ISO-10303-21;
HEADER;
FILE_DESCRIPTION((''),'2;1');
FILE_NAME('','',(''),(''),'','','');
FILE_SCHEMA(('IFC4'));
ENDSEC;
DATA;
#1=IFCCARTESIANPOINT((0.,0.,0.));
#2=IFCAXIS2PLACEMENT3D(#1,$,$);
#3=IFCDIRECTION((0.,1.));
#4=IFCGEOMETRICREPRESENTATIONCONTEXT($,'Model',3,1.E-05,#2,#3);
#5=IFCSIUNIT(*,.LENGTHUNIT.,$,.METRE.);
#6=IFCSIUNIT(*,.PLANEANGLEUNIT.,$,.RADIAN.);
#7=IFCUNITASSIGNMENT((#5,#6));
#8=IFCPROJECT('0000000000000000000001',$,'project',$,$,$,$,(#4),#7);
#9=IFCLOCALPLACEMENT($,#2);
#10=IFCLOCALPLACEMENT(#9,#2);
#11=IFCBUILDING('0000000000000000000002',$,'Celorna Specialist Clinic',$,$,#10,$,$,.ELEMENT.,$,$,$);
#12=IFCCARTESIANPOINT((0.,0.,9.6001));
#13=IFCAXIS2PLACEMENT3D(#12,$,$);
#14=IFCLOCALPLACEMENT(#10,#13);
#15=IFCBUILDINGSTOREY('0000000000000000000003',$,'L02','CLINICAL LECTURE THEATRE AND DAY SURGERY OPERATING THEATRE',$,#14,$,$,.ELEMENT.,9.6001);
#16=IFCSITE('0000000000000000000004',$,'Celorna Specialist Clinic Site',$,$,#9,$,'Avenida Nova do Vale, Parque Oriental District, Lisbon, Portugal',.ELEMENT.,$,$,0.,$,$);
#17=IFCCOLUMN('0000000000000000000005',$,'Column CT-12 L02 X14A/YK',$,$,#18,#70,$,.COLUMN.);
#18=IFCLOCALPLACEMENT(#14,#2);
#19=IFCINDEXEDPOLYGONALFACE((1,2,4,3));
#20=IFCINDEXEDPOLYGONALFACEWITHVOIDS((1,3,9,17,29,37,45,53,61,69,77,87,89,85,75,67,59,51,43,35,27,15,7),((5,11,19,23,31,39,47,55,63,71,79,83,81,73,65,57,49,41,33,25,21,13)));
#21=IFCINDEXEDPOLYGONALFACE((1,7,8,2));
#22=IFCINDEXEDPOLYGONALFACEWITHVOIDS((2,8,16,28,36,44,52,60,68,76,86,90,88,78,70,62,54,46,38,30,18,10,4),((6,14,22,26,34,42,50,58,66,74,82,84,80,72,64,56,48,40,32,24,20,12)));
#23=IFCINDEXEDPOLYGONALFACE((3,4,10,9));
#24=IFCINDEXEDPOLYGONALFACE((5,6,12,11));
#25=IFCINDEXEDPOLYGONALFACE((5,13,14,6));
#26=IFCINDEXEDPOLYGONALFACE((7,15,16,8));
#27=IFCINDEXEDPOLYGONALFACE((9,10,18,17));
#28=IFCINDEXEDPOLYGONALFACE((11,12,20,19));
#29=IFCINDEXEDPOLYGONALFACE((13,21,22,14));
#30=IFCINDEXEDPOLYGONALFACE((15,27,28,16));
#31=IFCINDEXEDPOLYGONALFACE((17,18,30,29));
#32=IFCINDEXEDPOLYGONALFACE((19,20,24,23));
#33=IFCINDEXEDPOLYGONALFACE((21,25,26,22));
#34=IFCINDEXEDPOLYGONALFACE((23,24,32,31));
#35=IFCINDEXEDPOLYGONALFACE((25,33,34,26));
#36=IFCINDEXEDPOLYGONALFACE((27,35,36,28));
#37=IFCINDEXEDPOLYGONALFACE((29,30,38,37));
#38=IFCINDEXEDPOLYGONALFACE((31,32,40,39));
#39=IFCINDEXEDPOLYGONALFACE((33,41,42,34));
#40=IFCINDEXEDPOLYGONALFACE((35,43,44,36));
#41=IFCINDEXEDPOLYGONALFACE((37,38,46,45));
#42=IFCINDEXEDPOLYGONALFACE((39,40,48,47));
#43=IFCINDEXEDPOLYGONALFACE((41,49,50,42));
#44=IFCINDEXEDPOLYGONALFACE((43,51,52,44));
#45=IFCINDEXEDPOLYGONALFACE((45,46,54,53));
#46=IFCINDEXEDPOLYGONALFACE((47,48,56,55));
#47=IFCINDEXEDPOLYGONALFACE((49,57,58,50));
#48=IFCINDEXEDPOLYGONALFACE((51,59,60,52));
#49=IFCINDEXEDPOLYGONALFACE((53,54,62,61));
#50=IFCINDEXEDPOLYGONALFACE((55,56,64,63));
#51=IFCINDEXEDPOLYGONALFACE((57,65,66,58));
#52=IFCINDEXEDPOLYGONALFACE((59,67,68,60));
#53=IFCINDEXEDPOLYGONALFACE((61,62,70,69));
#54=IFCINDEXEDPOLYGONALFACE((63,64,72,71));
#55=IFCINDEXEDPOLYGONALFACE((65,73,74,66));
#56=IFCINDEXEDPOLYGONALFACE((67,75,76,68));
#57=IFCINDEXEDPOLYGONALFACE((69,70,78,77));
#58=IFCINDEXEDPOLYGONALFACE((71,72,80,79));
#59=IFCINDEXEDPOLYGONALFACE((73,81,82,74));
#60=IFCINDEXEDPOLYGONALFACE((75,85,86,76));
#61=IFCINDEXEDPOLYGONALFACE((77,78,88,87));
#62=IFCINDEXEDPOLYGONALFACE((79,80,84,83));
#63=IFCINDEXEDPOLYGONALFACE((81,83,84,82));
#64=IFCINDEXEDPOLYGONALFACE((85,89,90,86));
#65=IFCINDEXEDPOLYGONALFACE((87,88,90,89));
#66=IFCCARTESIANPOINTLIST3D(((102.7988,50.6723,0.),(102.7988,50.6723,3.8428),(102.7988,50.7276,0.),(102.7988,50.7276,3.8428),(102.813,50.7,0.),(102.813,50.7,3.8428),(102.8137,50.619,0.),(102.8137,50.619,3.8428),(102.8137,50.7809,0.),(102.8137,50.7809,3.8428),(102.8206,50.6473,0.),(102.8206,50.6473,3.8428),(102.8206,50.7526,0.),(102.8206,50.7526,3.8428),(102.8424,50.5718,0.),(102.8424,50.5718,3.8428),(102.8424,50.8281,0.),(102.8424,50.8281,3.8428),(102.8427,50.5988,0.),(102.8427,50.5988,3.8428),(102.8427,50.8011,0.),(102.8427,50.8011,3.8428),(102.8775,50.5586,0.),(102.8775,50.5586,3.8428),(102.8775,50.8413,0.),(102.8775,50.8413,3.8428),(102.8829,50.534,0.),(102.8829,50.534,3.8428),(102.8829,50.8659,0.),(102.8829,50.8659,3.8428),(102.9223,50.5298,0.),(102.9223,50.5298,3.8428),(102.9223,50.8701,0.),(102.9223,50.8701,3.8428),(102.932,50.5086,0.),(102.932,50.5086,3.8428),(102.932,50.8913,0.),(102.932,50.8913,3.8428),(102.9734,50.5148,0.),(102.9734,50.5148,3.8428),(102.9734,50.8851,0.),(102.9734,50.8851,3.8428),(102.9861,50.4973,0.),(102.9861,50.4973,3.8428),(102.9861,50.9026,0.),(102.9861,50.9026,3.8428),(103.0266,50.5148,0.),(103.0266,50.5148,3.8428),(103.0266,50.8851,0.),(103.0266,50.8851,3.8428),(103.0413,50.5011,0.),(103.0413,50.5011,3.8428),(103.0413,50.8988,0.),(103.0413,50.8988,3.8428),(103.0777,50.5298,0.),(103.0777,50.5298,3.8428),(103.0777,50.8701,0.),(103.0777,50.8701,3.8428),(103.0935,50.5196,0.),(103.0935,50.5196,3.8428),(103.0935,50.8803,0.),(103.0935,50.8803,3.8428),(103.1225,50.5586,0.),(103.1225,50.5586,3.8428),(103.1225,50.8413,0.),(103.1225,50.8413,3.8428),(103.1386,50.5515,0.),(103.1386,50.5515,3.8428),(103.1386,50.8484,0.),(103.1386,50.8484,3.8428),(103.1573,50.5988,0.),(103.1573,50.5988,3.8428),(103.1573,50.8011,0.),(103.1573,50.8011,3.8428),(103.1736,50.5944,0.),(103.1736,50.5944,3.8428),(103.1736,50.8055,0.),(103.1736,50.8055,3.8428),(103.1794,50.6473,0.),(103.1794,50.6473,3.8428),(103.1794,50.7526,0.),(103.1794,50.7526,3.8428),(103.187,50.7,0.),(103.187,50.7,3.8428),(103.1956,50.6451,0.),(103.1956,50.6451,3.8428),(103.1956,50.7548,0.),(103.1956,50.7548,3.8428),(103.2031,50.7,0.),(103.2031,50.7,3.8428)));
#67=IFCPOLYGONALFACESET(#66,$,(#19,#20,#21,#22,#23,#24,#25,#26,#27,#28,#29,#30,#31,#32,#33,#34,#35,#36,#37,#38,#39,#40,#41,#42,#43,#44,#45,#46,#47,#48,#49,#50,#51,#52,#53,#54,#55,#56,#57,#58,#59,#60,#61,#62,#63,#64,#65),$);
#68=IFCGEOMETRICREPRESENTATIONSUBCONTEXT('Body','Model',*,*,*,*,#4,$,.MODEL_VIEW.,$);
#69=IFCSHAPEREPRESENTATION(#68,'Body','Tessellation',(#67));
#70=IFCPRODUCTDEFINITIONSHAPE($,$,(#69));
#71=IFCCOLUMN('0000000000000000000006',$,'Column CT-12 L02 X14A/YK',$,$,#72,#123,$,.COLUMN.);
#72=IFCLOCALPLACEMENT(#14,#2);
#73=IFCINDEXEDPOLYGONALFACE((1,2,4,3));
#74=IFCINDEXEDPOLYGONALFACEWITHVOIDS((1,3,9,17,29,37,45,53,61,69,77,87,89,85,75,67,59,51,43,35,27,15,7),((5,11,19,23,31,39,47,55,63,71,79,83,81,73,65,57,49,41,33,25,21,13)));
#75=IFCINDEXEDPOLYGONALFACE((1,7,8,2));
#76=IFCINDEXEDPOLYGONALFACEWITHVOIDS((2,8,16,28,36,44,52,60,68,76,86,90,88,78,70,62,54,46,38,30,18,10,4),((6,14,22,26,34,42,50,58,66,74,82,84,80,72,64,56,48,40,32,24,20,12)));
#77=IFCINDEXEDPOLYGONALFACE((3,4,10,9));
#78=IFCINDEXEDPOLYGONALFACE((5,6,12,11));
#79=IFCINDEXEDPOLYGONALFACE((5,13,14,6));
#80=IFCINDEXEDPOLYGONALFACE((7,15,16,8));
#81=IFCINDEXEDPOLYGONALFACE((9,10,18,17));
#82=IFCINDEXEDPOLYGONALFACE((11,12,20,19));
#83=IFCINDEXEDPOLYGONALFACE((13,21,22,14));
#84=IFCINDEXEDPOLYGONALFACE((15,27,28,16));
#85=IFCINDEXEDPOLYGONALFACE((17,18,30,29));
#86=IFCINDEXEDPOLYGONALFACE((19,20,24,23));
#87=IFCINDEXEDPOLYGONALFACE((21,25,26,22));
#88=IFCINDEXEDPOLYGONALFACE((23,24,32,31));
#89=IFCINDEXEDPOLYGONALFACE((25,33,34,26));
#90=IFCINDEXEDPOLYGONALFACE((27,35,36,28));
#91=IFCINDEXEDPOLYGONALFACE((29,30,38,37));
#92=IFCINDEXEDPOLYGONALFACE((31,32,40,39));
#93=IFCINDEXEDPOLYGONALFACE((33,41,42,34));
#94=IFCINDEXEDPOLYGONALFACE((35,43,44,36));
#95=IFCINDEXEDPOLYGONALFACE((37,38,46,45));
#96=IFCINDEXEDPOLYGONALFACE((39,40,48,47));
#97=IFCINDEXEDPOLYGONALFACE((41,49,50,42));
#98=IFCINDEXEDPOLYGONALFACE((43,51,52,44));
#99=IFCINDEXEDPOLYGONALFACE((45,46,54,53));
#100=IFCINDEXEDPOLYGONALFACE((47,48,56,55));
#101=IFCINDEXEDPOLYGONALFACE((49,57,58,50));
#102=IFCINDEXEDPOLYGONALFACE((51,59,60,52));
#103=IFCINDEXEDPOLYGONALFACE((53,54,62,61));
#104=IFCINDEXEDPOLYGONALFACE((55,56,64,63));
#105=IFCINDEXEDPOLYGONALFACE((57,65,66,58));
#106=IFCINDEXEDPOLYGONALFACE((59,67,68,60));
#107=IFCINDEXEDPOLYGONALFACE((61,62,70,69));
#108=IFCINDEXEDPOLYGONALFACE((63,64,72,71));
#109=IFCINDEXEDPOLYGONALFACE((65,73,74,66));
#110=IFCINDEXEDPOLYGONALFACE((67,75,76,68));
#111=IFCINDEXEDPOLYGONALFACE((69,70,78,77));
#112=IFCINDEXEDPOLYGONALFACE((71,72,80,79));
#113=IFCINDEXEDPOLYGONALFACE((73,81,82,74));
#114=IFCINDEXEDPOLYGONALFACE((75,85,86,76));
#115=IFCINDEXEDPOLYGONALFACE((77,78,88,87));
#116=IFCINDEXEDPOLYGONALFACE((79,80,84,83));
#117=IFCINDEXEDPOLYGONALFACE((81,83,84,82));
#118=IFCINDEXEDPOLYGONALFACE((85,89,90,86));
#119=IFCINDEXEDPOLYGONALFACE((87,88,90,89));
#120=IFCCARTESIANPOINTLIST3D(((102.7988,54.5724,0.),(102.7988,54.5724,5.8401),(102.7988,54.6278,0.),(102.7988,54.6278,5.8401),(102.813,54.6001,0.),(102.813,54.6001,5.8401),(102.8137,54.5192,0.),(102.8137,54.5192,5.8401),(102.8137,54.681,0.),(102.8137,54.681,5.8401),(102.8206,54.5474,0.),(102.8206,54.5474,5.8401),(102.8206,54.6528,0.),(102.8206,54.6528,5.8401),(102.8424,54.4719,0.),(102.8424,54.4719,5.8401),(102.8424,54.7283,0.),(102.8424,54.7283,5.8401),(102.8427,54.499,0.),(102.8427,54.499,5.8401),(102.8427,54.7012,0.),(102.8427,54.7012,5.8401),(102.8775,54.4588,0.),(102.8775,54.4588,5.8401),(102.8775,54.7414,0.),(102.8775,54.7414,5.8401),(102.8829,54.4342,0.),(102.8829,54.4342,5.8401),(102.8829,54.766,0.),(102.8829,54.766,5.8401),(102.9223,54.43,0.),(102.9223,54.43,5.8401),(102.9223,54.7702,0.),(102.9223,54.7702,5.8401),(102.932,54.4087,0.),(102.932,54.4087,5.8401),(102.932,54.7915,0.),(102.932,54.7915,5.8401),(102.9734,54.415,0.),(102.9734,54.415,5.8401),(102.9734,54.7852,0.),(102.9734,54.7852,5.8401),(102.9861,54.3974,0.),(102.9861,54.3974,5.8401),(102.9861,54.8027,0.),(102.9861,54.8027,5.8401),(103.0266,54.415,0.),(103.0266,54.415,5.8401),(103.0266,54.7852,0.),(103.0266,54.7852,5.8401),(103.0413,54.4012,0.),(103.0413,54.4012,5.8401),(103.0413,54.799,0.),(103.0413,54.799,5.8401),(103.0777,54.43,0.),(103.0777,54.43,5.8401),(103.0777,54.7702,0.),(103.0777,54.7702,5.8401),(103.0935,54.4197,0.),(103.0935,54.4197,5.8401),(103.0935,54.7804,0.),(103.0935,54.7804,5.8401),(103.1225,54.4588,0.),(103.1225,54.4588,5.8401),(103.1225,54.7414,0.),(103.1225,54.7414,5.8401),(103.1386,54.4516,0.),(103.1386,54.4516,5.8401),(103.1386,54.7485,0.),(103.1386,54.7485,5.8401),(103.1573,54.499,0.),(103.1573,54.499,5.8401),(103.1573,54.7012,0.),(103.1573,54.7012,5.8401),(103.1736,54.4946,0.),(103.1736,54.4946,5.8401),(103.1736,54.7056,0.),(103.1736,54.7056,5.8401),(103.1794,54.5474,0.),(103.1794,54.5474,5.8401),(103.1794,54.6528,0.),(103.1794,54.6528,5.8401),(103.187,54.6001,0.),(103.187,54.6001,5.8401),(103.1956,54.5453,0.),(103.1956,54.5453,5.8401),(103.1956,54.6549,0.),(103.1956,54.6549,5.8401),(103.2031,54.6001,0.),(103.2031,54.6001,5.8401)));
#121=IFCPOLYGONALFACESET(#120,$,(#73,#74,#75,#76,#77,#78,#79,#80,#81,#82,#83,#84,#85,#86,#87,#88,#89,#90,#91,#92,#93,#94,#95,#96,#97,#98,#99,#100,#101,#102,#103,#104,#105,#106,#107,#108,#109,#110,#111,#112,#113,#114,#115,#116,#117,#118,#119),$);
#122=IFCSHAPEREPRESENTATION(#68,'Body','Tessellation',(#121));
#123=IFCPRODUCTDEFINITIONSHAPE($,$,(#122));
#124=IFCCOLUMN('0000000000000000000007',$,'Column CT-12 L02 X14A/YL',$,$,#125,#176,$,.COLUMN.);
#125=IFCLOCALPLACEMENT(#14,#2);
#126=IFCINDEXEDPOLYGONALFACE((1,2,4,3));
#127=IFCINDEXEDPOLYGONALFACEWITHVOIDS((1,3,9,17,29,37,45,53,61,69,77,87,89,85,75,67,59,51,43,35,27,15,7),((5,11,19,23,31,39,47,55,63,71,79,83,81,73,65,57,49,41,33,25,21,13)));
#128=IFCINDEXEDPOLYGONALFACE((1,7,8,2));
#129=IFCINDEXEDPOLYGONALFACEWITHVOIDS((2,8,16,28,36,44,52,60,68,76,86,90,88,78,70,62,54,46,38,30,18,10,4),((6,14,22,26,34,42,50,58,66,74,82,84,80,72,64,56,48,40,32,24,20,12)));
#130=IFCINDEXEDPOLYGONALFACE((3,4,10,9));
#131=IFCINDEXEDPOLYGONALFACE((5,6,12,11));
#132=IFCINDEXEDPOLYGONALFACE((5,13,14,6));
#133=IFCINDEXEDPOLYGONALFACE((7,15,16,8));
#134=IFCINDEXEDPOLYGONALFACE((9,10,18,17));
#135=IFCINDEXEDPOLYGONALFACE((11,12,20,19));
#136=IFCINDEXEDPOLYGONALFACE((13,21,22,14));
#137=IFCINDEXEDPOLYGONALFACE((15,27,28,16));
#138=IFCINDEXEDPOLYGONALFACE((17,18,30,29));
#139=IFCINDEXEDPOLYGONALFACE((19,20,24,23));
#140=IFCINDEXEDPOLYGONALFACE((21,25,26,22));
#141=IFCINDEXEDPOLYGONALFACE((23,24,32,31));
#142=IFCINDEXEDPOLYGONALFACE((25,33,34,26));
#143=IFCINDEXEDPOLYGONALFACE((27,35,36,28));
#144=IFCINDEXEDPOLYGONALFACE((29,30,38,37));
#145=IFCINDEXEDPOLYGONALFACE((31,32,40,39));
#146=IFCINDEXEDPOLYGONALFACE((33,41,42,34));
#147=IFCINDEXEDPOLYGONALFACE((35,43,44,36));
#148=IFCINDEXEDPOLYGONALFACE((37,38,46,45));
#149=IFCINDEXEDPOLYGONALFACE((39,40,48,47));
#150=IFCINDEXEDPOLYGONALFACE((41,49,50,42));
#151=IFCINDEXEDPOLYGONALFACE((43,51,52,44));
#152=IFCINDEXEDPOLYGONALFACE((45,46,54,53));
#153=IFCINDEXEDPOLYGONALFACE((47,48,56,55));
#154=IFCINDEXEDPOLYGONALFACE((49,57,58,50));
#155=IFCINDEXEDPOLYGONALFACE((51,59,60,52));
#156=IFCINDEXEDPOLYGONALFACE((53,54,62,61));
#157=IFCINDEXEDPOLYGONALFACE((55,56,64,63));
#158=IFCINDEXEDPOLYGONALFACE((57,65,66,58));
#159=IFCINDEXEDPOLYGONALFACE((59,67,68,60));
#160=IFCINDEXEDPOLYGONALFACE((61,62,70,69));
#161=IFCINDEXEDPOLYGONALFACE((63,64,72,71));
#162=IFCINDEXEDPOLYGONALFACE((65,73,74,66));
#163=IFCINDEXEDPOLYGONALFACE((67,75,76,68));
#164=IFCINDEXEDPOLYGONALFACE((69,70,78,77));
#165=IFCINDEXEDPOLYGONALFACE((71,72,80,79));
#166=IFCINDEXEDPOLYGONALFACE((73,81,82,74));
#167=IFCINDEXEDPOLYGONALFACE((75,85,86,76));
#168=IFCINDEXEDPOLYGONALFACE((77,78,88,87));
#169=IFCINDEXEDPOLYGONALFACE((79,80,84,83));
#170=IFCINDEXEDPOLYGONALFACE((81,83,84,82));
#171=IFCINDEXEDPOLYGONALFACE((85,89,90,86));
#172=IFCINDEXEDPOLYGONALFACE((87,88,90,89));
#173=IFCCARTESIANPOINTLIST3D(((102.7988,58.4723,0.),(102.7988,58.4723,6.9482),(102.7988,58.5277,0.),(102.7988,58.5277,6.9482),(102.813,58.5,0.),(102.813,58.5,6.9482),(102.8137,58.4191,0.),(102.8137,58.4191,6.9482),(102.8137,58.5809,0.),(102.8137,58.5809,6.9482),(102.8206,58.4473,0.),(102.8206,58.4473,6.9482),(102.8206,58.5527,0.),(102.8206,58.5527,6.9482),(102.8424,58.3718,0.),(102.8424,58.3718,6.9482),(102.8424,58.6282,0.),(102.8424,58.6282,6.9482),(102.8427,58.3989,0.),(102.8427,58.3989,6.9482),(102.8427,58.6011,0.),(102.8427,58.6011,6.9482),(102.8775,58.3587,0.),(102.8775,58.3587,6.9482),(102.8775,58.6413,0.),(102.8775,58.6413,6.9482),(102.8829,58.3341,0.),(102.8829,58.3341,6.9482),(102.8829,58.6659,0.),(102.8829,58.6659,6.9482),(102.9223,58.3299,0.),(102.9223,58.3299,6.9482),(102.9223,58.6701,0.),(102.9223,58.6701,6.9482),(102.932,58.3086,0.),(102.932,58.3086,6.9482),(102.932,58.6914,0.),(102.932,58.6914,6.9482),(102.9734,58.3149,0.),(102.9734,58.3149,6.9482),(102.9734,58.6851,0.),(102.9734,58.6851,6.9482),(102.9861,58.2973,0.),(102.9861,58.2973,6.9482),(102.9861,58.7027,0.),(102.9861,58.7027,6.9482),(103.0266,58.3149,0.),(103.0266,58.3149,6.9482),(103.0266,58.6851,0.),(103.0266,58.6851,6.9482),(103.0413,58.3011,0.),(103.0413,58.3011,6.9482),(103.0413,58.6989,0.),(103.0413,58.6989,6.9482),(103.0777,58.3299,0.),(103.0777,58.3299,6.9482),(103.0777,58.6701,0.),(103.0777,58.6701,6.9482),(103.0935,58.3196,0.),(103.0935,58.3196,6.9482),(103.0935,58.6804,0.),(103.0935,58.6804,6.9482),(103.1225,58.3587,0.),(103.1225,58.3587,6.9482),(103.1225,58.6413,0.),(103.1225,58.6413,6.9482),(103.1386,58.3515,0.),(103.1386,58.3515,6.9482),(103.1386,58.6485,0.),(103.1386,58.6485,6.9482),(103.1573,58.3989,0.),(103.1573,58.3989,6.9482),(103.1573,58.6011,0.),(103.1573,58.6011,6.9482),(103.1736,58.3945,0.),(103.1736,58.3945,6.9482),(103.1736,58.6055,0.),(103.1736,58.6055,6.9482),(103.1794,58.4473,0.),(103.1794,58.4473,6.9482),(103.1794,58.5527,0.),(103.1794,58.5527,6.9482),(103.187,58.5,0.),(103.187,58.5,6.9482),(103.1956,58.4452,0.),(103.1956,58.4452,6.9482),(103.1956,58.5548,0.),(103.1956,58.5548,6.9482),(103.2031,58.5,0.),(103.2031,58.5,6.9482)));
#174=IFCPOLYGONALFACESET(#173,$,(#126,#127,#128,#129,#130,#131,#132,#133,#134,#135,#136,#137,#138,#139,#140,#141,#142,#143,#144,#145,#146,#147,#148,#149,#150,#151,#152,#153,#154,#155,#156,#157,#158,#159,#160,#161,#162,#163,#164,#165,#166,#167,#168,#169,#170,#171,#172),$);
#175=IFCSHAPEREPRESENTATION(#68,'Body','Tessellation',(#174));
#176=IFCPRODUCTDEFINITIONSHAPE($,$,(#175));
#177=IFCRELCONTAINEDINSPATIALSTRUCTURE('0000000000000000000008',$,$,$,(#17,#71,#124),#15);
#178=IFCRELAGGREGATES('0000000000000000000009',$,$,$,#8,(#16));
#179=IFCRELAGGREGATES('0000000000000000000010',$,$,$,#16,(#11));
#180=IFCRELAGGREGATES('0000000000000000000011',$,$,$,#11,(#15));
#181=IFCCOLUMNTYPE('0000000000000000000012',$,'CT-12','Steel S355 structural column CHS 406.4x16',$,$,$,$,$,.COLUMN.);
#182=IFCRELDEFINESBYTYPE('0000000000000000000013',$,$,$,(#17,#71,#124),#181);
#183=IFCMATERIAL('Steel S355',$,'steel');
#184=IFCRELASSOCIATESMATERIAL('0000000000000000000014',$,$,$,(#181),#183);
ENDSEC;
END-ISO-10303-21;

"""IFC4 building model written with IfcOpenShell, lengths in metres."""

from ifc_helpers import new_model, si_unit, direction, frame, origin, origin_2d, place, context, subcontext, project, spatial, hollow_circle, extrude, material, material_profile, profile_set, type_object, element, save


model = new_model("IFC4")

# Units and contexts
model_context = context("Model", 3, precision=1e-05, world=origin(), true_north=direction((0.0, 1.0)))
body_context = subcontext(model_context, "Body", "Model", "MODEL_VIEW")
ifc_project = project(units=[si_unit("LENGTHUNIT", "METRE"), si_unit("PLANEANGLEUNIT", "RADIAN")], contexts=[model_context])

# Site, building, storey
site_placement = place(None, origin())
site = spatial("IfcSite", under=ifc_project, at=site_placement, Name="Celorna Specialist Clinic Site", LongName="Avenida Nova do Vale, Parque Oriental District, Lisbon, Portugal", CompositionType="ELEMENT", RefElevation=0.0)
building_placement = place(site_placement, origin())
building = spatial("IfcBuilding", under=site, at=building_placement, Name="Celorna Specialist Clinic", CompositionType="ELEMENT")
storey_placement = place(building_placement, frame((0.0, 0.0, 9.6001)))
storey = spatial("IfcBuildingStorey", under=building, at=storey_placement, Name="L02", Description="CLINICAL LECTURE THEATRE AND DAY SURGERY OPERATING THEATRE", CompositionType="ELEMENT", Elevation=9.6001)

# Columns
ifc_material_1 = material(Name="Steel S355", Category="steel")
ifc_material_profile_1 = material_profile(ifc_material_1, hollow_circle(Radius=0.2031, WallThickness=0.0161, at=origin_2d()), Name="CHS 406.4x16")
ifc_profile_set_1 = profile_set([ifc_material_profile_1], Name="Steel S355")
column_type_1 = type_object("IfcColumnType", Name="CT-12", Description="Steel S355 structural column CHS 406.4x16", PredefinedType="COLUMN", material=ifc_profile_set_1)
column_1_placement = place(storey_placement, frame((103.0, 50.7, 0.0), z_axis=(0.0, 0.0, 1.0), x_axis=(1.0, 0.0, 0.0)))
element("IfcColumn", 1, at=column_1_placement, inside=storey, type_object=column_type_1, Name="Column CT-12 L02 X14A/YK", PredefinedType="COLUMN", context=body_context, shape_type="SweptSolid", body=[
    extrude(hollow_circle(Radius=0.2031, WallThickness=0.0161, at=origin_2d()), origin(), (0.0, 0.0, 1.0), 3.8428),
])
column_2_placement = place(storey_placement, frame((103.0, 54.6001, 0.0), z_axis=(0.0, 0.0, 1.0), x_axis=(1.0, 0.0, 0.0)))
element("IfcColumn", 2, at=column_2_placement, inside=storey, type_object=column_type_1, Name="Column CT-12 L02 X14A/YK", PredefinedType="COLUMN", context=body_context, shape_type="SweptSolid", body=[
    extrude(hollow_circle(Radius=0.2031, WallThickness=0.0161, at=origin_2d()), origin(), (0.0, 0.0, 1.0), 5.8401),
])
column_3_placement = place(storey_placement, frame((103.0, 58.5, 0.0), z_axis=(0.0, 0.0, 1.0), x_axis=(1.0, 0.0, 0.0)))
element("IfcColumn", 3, at=column_3_placement, inside=storey, type_object=column_type_1, Name="Column CT-12 L02 X14A/YL", PredefinedType="COLUMN", context=body_context, shape_type="SweptSolid", body=[
    extrude(hollow_circle(Radius=0.2031, WallThickness=0.0161, at=origin_2d()), origin(), (0.0, 0.0, 1.0), 6.9482),
])

save(model, "model.ifc")
